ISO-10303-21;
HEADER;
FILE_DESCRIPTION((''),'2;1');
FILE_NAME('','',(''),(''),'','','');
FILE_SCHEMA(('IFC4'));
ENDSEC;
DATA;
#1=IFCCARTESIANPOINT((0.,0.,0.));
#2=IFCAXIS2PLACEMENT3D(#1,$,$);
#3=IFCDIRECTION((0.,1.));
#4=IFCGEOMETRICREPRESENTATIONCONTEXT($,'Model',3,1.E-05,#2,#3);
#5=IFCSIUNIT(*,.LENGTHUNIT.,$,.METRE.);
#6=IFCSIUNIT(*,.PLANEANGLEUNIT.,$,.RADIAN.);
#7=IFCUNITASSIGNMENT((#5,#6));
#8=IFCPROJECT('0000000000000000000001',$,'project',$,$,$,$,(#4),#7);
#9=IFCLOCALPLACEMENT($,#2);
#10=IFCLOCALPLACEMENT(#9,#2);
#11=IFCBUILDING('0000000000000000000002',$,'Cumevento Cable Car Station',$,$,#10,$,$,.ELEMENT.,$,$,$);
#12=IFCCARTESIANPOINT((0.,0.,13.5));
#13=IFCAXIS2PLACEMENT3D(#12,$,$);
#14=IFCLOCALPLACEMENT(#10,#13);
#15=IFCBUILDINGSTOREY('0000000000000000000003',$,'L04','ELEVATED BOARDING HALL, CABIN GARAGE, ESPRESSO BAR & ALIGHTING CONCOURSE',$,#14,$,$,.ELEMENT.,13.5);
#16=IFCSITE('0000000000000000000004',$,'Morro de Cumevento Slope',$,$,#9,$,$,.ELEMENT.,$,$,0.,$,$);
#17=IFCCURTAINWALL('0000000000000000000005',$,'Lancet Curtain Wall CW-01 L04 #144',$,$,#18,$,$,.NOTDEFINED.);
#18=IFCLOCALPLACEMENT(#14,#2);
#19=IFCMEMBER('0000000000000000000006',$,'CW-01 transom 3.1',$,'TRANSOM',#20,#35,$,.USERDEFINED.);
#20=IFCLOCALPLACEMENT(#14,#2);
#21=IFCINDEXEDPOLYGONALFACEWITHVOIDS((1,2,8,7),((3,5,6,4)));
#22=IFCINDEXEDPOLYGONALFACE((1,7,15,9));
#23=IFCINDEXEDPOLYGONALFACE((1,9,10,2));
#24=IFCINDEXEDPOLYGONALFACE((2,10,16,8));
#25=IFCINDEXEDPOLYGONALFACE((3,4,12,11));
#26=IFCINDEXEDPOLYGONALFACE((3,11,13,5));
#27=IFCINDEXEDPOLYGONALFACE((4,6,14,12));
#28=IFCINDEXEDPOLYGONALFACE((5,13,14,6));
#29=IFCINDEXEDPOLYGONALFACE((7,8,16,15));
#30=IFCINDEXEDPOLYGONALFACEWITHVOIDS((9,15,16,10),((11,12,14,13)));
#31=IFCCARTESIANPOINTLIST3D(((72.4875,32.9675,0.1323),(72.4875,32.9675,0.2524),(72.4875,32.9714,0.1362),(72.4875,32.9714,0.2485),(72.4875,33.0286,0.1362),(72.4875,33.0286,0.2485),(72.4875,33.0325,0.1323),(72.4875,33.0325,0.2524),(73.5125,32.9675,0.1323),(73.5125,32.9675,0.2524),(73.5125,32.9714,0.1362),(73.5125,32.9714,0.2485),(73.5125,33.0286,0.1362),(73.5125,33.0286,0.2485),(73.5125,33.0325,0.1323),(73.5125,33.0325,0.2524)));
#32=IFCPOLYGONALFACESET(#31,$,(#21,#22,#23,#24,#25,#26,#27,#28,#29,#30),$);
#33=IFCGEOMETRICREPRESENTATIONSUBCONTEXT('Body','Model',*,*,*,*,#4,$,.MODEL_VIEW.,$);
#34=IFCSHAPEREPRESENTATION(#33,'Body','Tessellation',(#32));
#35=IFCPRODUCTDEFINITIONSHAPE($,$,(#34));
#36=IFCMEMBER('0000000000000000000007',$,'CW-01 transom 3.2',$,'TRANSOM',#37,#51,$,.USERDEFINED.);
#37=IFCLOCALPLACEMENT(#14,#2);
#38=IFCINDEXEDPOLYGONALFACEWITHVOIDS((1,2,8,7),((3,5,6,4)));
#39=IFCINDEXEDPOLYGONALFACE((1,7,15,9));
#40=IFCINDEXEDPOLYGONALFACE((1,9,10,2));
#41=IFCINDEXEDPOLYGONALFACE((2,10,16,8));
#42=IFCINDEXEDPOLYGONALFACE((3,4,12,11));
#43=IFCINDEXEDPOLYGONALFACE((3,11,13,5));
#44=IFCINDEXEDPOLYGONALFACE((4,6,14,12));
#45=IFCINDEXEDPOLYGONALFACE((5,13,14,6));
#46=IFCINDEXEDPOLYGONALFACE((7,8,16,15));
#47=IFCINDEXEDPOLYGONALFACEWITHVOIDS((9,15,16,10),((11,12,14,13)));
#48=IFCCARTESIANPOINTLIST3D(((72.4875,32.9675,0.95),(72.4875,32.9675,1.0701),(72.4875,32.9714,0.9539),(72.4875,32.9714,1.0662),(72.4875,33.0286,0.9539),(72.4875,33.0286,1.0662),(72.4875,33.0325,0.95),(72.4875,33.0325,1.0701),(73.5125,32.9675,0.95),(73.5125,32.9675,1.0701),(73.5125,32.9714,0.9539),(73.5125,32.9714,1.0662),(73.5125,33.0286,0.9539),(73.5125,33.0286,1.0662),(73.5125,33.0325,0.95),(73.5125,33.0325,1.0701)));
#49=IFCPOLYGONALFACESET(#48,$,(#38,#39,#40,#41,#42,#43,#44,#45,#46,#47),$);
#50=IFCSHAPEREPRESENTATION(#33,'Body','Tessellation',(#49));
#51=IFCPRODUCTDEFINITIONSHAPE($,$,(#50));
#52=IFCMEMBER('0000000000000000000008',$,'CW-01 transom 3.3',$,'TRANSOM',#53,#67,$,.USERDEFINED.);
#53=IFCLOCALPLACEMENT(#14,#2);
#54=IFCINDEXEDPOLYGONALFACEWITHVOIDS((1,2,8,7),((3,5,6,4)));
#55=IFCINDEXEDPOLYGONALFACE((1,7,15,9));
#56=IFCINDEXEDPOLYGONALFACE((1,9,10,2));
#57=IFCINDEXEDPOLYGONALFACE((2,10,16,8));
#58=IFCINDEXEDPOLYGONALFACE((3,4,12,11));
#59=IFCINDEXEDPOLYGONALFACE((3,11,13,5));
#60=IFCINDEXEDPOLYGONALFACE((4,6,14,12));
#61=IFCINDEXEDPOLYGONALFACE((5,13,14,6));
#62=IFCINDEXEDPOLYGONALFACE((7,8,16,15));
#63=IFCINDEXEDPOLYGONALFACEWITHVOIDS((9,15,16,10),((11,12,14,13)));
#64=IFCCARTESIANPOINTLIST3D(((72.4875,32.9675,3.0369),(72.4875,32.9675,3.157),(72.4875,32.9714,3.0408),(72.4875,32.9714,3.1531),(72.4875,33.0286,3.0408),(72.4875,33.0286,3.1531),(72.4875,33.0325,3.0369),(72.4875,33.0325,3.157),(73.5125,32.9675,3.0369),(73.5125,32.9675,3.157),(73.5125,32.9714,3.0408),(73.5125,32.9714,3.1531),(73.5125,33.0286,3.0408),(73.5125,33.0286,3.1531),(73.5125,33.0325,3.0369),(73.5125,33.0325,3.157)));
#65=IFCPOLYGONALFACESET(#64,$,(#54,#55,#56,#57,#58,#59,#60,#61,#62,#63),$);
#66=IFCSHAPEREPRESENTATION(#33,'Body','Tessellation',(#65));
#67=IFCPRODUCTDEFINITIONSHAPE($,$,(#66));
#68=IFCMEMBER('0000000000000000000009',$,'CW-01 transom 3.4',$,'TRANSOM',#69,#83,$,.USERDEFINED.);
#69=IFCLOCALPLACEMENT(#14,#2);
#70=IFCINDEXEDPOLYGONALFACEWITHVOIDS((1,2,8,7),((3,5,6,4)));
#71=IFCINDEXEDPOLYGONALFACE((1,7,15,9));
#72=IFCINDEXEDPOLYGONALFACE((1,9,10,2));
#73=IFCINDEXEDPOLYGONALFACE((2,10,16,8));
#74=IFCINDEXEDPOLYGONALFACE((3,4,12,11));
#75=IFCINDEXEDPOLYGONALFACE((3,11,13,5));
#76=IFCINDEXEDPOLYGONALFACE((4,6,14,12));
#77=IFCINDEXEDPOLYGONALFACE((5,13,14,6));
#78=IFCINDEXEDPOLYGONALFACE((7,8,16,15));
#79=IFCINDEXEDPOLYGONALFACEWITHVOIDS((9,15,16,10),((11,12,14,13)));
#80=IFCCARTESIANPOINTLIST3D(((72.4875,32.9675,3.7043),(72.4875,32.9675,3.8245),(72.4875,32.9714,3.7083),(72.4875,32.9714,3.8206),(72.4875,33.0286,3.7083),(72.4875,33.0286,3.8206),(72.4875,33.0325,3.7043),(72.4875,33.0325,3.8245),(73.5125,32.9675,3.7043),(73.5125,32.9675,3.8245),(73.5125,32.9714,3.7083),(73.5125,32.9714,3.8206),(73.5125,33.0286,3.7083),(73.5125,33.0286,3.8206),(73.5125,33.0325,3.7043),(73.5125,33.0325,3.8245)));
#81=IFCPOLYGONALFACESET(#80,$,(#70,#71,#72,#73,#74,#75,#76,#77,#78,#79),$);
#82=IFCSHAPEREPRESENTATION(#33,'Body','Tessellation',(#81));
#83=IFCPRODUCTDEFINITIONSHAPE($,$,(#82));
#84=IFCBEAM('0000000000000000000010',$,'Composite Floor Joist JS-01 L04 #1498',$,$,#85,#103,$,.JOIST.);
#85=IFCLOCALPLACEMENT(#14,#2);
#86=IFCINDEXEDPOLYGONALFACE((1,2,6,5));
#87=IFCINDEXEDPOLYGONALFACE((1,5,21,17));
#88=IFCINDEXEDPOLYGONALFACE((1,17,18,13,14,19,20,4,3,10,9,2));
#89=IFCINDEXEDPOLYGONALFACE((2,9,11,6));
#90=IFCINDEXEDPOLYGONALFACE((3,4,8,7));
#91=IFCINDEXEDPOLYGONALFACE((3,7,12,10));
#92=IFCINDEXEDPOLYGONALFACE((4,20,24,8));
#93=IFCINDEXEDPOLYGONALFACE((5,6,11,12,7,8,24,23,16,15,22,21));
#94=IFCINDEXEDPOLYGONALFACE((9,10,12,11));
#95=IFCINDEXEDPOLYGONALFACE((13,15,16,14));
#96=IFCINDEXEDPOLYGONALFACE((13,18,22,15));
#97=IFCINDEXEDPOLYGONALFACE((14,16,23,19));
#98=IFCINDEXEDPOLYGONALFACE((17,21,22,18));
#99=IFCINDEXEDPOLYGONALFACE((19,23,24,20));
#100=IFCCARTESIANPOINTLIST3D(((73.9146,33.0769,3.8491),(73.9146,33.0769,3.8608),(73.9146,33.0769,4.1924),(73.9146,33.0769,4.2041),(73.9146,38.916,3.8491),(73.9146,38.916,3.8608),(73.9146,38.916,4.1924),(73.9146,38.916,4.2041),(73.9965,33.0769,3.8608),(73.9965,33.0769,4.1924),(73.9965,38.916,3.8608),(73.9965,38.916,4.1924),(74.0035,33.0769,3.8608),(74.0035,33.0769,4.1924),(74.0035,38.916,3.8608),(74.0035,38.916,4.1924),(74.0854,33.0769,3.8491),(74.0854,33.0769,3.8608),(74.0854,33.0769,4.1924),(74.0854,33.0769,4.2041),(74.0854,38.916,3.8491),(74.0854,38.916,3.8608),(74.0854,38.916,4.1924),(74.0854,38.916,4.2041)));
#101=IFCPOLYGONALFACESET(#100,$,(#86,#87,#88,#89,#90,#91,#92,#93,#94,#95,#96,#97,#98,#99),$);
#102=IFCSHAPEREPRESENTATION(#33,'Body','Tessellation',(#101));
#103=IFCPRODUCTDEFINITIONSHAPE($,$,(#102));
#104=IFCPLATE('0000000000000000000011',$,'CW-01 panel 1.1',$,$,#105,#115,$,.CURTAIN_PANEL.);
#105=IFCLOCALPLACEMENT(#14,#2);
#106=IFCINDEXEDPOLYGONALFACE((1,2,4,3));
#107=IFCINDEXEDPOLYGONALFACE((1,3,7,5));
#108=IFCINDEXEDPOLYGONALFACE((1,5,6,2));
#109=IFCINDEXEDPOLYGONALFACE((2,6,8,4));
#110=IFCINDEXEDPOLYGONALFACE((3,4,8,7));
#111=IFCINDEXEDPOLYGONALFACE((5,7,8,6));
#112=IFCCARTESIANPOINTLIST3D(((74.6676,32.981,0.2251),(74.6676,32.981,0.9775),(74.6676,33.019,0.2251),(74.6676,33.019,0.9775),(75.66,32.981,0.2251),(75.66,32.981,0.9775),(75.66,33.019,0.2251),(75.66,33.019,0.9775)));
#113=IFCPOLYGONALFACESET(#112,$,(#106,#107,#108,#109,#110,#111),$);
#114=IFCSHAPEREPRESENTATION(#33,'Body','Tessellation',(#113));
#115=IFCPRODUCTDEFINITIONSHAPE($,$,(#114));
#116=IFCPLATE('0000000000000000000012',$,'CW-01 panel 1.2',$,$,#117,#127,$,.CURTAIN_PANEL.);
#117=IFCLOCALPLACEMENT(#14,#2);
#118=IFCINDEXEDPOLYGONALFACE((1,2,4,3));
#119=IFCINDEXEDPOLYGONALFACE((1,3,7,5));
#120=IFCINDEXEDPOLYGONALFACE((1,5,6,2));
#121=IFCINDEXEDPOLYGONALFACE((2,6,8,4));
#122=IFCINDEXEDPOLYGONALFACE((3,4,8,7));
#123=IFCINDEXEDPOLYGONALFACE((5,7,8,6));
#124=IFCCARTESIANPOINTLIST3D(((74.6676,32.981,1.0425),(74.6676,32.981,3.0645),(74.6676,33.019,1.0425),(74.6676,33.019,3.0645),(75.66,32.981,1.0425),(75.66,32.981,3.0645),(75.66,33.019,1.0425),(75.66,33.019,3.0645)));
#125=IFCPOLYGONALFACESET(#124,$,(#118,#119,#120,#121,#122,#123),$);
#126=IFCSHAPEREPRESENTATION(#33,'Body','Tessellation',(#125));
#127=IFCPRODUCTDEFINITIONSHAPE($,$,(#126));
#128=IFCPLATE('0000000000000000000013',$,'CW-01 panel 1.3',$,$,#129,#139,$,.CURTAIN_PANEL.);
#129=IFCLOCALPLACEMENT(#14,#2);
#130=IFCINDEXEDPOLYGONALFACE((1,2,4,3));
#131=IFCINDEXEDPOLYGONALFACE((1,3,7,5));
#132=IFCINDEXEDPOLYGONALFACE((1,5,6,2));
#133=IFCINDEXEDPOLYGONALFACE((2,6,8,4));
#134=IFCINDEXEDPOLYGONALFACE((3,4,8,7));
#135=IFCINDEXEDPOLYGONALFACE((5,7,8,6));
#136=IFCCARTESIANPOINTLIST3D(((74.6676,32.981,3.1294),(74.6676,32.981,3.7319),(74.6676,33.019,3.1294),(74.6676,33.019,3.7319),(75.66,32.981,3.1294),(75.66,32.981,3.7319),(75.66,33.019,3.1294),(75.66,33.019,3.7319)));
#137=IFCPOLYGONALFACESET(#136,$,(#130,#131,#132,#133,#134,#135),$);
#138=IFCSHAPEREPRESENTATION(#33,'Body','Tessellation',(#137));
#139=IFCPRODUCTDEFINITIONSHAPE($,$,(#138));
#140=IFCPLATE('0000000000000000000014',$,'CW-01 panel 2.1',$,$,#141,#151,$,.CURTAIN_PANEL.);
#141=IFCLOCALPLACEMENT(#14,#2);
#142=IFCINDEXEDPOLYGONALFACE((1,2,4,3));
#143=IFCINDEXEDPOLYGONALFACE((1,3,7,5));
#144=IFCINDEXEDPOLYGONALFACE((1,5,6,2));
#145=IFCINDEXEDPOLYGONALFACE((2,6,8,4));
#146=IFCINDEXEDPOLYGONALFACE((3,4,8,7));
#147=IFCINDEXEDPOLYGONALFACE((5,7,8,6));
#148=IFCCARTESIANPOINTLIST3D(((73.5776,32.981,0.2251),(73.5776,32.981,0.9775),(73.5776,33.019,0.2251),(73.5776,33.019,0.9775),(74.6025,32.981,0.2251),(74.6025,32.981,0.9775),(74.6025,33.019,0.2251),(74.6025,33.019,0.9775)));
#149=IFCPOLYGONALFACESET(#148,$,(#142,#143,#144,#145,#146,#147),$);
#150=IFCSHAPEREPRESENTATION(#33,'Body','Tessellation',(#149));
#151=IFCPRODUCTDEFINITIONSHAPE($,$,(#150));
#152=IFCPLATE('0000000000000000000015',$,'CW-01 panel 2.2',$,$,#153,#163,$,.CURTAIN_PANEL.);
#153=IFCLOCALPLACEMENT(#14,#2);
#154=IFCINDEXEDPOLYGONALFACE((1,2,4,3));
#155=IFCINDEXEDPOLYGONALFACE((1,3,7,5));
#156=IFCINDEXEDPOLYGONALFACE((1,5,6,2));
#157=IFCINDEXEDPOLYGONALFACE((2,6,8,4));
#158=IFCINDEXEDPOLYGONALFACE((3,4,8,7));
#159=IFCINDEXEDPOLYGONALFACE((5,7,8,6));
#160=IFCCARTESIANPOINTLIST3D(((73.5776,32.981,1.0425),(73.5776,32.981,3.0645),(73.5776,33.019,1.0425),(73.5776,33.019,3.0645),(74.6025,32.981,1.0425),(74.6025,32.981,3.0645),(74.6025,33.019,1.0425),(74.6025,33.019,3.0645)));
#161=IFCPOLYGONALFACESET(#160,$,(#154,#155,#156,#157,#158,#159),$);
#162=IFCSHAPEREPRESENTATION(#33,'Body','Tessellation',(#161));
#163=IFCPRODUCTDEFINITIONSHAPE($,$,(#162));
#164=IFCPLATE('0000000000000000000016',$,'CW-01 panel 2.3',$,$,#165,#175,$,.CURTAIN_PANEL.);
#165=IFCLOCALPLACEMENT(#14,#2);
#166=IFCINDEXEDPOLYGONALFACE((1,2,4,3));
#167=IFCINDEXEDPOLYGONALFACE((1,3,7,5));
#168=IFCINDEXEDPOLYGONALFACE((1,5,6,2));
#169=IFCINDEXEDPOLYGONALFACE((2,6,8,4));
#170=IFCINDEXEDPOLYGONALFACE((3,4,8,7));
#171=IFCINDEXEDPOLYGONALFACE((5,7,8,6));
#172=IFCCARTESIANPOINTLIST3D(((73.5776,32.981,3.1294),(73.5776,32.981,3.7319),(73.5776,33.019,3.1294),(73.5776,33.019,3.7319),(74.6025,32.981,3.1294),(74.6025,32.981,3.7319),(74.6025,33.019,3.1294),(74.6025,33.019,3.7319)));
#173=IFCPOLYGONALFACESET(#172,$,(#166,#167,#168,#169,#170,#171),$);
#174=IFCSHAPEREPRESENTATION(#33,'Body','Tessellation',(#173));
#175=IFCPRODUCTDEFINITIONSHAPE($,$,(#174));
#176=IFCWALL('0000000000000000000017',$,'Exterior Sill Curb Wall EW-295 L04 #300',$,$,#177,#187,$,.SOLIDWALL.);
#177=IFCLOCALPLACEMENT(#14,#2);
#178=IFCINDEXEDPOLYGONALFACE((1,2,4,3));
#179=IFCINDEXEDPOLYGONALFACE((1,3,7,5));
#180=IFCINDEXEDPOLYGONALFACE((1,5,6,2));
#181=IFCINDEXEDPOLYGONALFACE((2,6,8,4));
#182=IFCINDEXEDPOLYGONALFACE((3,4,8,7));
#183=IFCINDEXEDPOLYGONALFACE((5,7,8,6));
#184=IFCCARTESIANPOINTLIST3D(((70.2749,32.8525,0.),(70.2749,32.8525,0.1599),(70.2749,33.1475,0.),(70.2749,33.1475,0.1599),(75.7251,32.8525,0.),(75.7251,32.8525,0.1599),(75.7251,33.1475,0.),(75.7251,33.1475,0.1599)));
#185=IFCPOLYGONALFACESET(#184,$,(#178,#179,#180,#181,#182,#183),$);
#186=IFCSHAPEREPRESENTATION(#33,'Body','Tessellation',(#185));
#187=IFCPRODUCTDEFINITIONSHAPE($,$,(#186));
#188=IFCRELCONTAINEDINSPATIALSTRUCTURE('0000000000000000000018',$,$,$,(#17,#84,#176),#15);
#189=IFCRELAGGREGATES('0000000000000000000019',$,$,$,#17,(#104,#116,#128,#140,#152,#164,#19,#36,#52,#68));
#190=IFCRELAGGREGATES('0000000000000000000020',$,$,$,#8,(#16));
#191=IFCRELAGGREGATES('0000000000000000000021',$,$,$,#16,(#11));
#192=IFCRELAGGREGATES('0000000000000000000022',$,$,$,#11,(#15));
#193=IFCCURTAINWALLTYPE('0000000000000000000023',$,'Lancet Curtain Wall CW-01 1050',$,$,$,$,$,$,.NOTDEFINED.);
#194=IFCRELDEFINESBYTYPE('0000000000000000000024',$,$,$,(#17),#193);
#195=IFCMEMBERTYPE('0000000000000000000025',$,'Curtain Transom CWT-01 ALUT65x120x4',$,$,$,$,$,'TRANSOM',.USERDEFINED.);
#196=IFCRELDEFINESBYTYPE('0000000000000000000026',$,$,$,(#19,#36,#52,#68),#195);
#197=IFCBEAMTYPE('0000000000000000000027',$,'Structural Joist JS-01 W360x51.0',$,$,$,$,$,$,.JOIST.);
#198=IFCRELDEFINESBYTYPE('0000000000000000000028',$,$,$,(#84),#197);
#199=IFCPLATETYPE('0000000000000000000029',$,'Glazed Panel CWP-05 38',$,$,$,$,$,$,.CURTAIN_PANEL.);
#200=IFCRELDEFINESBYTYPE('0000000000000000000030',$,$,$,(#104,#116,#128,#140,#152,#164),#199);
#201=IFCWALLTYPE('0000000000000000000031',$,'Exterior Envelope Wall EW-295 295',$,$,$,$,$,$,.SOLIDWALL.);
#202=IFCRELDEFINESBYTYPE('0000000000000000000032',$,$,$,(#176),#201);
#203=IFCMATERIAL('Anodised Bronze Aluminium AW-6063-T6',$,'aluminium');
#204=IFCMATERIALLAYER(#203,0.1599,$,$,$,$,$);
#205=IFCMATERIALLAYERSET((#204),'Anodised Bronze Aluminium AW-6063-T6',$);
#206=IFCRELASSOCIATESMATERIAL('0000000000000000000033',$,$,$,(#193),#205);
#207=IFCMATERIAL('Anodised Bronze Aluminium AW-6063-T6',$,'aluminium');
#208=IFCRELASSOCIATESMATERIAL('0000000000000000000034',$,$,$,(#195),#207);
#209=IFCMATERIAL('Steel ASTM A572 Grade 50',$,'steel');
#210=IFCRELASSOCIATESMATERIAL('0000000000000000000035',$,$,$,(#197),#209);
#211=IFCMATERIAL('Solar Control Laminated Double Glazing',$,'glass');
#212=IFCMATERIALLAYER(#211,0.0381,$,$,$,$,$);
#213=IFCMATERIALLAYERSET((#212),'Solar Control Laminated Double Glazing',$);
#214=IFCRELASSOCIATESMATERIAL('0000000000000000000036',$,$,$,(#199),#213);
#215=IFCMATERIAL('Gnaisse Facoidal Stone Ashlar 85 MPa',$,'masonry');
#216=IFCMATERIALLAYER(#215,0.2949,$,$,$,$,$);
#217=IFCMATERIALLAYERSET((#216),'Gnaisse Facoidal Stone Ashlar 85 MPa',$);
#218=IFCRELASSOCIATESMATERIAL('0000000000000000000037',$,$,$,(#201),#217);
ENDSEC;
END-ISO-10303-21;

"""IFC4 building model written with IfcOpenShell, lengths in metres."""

from ifc_helpers import new_model, si_unit, direction, frame, frame_2d, origin, origin_2d, place, context, subcontext, project, spatial, rectangle, hollow_rectangle, i_section, extrude, material, layer, layer_set, material_profile, profile_set, type_object, element, aggregate, save


model = new_model("IFC4")

# Units and contexts
model_context = context("Model", 3, precision=1e-05, world=origin(), true_north=direction((0.0, 1.0)))
body_context = subcontext(model_context, "Body", "Model", "MODEL_VIEW")
ifc_project = project(units=[si_unit("LENGTHUNIT", "METRE"), si_unit("PLANEANGLEUNIT", "RADIAN")], contexts=[model_context])

# Site, building, storey
site_placement = place(None, origin())
site = spatial("IfcSite", under=ifc_project, at=site_placement, Name="Morro de Cumevento Slope", CompositionType="ELEMENT", RefElevation=0.0)
building_placement = place(site_placement, origin())
building = spatial("IfcBuilding", under=site, at=building_placement, Name="Cumevento Cable Car Station", CompositionType="ELEMENT")
storey_placement = place(building_placement, frame((0.0, 0.0, 13.5)))
storey = spatial("IfcBuildingStorey", under=building, at=storey_placement, Name="L04", Description="ELEVATED BOARDING HALL, CABIN GARAGE, ESPRESSO BAR & ALIGHTING CONCOURSE", CompositionType="ELEMENT", Elevation=13.5)

# Curtain wall, members
ifc_material_1 = material(Name="Anodised Bronze Aluminium AW-6063-T6", Category="aluminium")
ifc_layer_1 = layer(ifc_material_1, 0.1599)
ifc_layer_set_1 = layer_set([ifc_layer_1], Name="Anodised Bronze Aluminium AW-6063-T6")
curtain_wall_type = type_object("IfcCurtainWallType", Name="Lancet Curtain Wall CW-01 1050", PredefinedType="NOTDEFINED", material=ifc_layer_set_1)
curtain_wall_placement = place(storey_placement, origin())
curtain_wall = element("IfcCurtainWall", 1, at=curtain_wall_placement, inside=storey, type_object=curtain_wall_type, Name="Lancet Curtain Wall CW-01 L04 #144", PredefinedType="NOTDEFINED")
ifc_material_2 = material(Name="Anodised Bronze Aluminium AW-6063-T6", Category="aluminium")
ifc_material_profile_1 = material_profile(ifc_material_2, hollow_rectangle(XDim=0.0649, YDim=0.1201, WallThickness=0.0039, at=origin_2d()), Name="ALUT65x120x4")
ifc_profile_set_1 = profile_set([ifc_material_profile_1], Name="Anodised Bronze Aluminium AW-6063-T6")
member_type_1 = type_object("IfcMemberType", Name="Curtain Transom CWT-01 ALUT65x120x4", ElementType="TRANSOM", PredefinedType="USERDEFINED", material=ifc_profile_set_1)
member_1_placement = place(storey_placement, frame((73.5125, 33.0, 0.1924), z_axis=(-1.0, 0.0, 0.0), x_axis=(0.0, -1.0, 0.0)))
member_1 = element("IfcMember", 2, at=member_1_placement, type_object=member_type_1, Name="CW-01 transom 3.1", ObjectType="TRANSOM", PredefinedType="USERDEFINED", context=body_context, shape_type="SweptSolid", body=[
    extrude(hollow_rectangle(XDim=0.0649, YDim=0.1201, WallThickness=0.0039, at=origin_2d()), origin(), (0.0, 0.0, 1.0), 1.0249),
])
member_2_placement = place(storey_placement, frame((73.5125, 33.0, 1.01), z_axis=(-1.0, 0.0, 0.0), x_axis=(0.0, -1.0, 0.0)))
member_2 = element("IfcMember", 3, at=member_2_placement, type_object=member_type_1, Name="CW-01 transom 3.2", ObjectType="TRANSOM", PredefinedType="USERDEFINED", context=body_context, shape_type="SweptSolid", body=[
    extrude(hollow_rectangle(XDim=0.0649, YDim=0.1201, WallThickness=0.0039, at=origin_2d()), origin(), (0.0, 0.0, 1.0), 1.0249),
])
member_3_placement = place(storey_placement, frame((73.5125, 33.0, 3.0969), z_axis=(-1.0, 0.0, 0.0), x_axis=(0.0, -1.0, 0.0)))
member_3 = element("IfcMember", 4, at=member_3_placement, type_object=member_type_1, Name="CW-01 transom 3.3", ObjectType="TRANSOM", PredefinedType="USERDEFINED", context=body_context, shape_type="SweptSolid", body=[
    extrude(hollow_rectangle(XDim=0.0649, YDim=0.1201, WallThickness=0.0039, at=origin_2d()), origin(), (0.0, 0.0, 1.0), 1.0249),
])
member_4_placement = place(storey_placement, frame((73.5125, 33.0, 3.7644), z_axis=(-1.0, 0.0, 0.0), x_axis=(0.0, -1.0, 0.0)))
member_4 = element("IfcMember", 5, at=member_4_placement, type_object=member_type_1, Name="CW-01 transom 3.4", ObjectType="TRANSOM", PredefinedType="USERDEFINED", context=body_context, shape_type="SweptSolid", body=[
    extrude(hollow_rectangle(XDim=0.0649, YDim=0.1201, WallThickness=0.0039, at=origin_2d()), origin(), (0.0, 0.0, 1.0), 1.0249),
])

# Beam
ifc_material_3 = material(Name="Steel ASTM A572 Grade 50", Category="steel")
ifc_material_profile_2 = material_profile(ifc_material_3, i_section(OverallWidth=0.1709, OverallDepth=0.355, WebThickness=0.0071, FlangeThickness=0.0117, at=origin_2d()), Name="W360x51.0")
ifc_profile_set_2 = profile_set([ifc_material_profile_2], Name="Steel ASTM A572 Grade 50")
beam_type = type_object("IfcBeamType", Name="Structural Joist JS-01 W360x51.0", PredefinedType="JOIST", material=ifc_profile_set_2)
beam_placement = place(storey_placement, frame((74.0, 33.0769, 4.0266), z_axis=(0.0, 1.0, 0.0), x_axis=(-1.0, 0.0, 0.0)))
element("IfcBeam", 6, at=beam_placement, inside=storey, type_object=beam_type, Name="Composite Floor Joist JS-01 L04 #1498", PredefinedType="JOIST", context=body_context, shape_type="SweptSolid", body=[
    extrude(i_section(OverallWidth=0.1709, OverallDepth=0.355, WebThickness=0.0071, FlangeThickness=0.0117, at=origin_2d()), origin(), (0.0, 0.0, 1.0), 5.8391),
])

# Plates
ifc_material_4 = material(Name="Solar Control Laminated Double Glazing", Category="glass")
ifc_layer_2 = layer(ifc_material_4, 0.0381)
ifc_layer_set_2 = layer_set([ifc_layer_2], Name="Solar Control Laminated Double Glazing")
plate_type = type_object("IfcPlateType", Name="Glazed Panel CWP-05 38", PredefinedType="CURTAIN_PANEL", material=ifc_layer_set_2)
plate_1_placement = place(storey_placement, frame((75.1638, 33.0, 0.2251), z_axis=(0.0, 0.0, 1.0), x_axis=(-1.0, 0.0, 0.0)))
plate_1 = element("IfcPlate", 7, at=plate_1_placement, type_object=plate_type, Name="CW-01 panel 1.1", PredefinedType="CURTAIN_PANEL", context=body_context, shape_type="SweptSolid", body=[
    extrude(rectangle(XDim=0.9924, YDim=0.0381, at=origin_2d()), origin(), (0.0, 0.0, 1.0), 0.7524),
])
plate_2_placement = place(storey_placement, frame((75.1638, 33.0, 1.0425), z_axis=(0.0, 0.0, 1.0), x_axis=(-1.0, 0.0, 0.0)))
plate_2 = element("IfcPlate", 8, at=plate_2_placement, type_object=plate_type, Name="CW-01 panel 1.2", PredefinedType="CURTAIN_PANEL", context=body_context, shape_type="SweptSolid", body=[
    extrude(rectangle(XDim=0.9924, YDim=0.0381, at=origin_2d()), origin(), (0.0, 0.0, 1.0), 2.022),
])
plate_3_placement = place(storey_placement, frame((75.1638, 33.0, 3.1294), z_axis=(0.0, 0.0, 1.0), x_axis=(-1.0, 0.0, 0.0)))
plate_3 = element("IfcPlate", 9, at=plate_3_placement, type_object=plate_type, Name="CW-01 panel 1.3", PredefinedType="CURTAIN_PANEL", context=body_context, shape_type="SweptSolid", body=[
    extrude(rectangle(XDim=0.9924, YDim=0.0381, at=origin_2d()), origin(), (0.0, 0.0, 1.0), 0.6025),
])
plate_4_placement = place(storey_placement, frame((74.0901, 33.0, 0.2251), z_axis=(0.0, 0.0, 1.0), x_axis=(-1.0, 0.0, 0.0)))
plate_4 = element("IfcPlate", 10, at=plate_4_placement, type_object=plate_type, Name="CW-01 panel 2.1", PredefinedType="CURTAIN_PANEL", context=body_context, shape_type="SweptSolid", body=[
    extrude(rectangle(XDim=1.0249, YDim=0.0381, at=origin_2d()), origin(), (0.0, 0.0, 1.0), 0.7524),
])
plate_5_placement = place(storey_placement, frame((74.0901, 33.0, 1.0425), z_axis=(0.0, 0.0, 1.0), x_axis=(-1.0, 0.0, 0.0)))
plate_5 = element("IfcPlate", 11, at=plate_5_placement, type_object=plate_type, Name="CW-01 panel 2.2", PredefinedType="CURTAIN_PANEL", context=body_context, shape_type="SweptSolid", body=[
    extrude(rectangle(XDim=1.0249, YDim=0.0381, at=origin_2d()), origin(), (0.0, 0.0, 1.0), 2.022),
])
plate_6_placement = place(storey_placement, frame((74.0901, 33.0, 3.1294), z_axis=(0.0, 0.0, 1.0), x_axis=(-1.0, 0.0, 0.0)))
plate_6 = element("IfcPlate", 12, at=plate_6_placement, type_object=plate_type, Name="CW-01 panel 2.3", PredefinedType="CURTAIN_PANEL", context=body_context, shape_type="SweptSolid", body=[
    extrude(rectangle(XDim=1.0249, YDim=0.0381, at=origin_2d()), origin(), (0.0, 0.0, 1.0), 0.6025),
])
aggregate(curtain_wall, [plate_1, plate_2, plate_3, plate_4, plate_5, plate_6, member_1, member_2, member_3, member_4])

# Wall
ifc_material_5 = material(Name="Gnaisse Facoidal Stone Ashlar 85 MPa", Category="masonry")
ifc_layer_3 = layer(ifc_material_5, 0.2949)
ifc_layer_set_3 = layer_set([ifc_layer_3], Name="Gnaisse Facoidal Stone Ashlar 85 MPa")
wall_type = type_object("IfcWallType", Name="Exterior Envelope Wall EW-295 295", PredefinedType="SOLIDWALL", material=ifc_layer_set_3)
wall_placement = place(storey_placement, frame((75.7251, 33.0, 0.0), z_axis=(0.0, 0.0, 1.0), x_axis=(-1.0, 0.0, 0.0)))
element("IfcWall", 13, at=wall_placement, inside=storey, type_object=wall_type, Name="Exterior Sill Curb Wall EW-295 L04 #300", PredefinedType="SOLIDWALL", context=body_context, shape_type="SweptSolid", body=[
    extrude(rectangle(XDim=5.4502, YDim=0.2949, at=frame_2d((2.7251, 0.0))), origin(), (0.0, 0.0, 1.0), 0.1599),
])

save(model, "model.ifc")
